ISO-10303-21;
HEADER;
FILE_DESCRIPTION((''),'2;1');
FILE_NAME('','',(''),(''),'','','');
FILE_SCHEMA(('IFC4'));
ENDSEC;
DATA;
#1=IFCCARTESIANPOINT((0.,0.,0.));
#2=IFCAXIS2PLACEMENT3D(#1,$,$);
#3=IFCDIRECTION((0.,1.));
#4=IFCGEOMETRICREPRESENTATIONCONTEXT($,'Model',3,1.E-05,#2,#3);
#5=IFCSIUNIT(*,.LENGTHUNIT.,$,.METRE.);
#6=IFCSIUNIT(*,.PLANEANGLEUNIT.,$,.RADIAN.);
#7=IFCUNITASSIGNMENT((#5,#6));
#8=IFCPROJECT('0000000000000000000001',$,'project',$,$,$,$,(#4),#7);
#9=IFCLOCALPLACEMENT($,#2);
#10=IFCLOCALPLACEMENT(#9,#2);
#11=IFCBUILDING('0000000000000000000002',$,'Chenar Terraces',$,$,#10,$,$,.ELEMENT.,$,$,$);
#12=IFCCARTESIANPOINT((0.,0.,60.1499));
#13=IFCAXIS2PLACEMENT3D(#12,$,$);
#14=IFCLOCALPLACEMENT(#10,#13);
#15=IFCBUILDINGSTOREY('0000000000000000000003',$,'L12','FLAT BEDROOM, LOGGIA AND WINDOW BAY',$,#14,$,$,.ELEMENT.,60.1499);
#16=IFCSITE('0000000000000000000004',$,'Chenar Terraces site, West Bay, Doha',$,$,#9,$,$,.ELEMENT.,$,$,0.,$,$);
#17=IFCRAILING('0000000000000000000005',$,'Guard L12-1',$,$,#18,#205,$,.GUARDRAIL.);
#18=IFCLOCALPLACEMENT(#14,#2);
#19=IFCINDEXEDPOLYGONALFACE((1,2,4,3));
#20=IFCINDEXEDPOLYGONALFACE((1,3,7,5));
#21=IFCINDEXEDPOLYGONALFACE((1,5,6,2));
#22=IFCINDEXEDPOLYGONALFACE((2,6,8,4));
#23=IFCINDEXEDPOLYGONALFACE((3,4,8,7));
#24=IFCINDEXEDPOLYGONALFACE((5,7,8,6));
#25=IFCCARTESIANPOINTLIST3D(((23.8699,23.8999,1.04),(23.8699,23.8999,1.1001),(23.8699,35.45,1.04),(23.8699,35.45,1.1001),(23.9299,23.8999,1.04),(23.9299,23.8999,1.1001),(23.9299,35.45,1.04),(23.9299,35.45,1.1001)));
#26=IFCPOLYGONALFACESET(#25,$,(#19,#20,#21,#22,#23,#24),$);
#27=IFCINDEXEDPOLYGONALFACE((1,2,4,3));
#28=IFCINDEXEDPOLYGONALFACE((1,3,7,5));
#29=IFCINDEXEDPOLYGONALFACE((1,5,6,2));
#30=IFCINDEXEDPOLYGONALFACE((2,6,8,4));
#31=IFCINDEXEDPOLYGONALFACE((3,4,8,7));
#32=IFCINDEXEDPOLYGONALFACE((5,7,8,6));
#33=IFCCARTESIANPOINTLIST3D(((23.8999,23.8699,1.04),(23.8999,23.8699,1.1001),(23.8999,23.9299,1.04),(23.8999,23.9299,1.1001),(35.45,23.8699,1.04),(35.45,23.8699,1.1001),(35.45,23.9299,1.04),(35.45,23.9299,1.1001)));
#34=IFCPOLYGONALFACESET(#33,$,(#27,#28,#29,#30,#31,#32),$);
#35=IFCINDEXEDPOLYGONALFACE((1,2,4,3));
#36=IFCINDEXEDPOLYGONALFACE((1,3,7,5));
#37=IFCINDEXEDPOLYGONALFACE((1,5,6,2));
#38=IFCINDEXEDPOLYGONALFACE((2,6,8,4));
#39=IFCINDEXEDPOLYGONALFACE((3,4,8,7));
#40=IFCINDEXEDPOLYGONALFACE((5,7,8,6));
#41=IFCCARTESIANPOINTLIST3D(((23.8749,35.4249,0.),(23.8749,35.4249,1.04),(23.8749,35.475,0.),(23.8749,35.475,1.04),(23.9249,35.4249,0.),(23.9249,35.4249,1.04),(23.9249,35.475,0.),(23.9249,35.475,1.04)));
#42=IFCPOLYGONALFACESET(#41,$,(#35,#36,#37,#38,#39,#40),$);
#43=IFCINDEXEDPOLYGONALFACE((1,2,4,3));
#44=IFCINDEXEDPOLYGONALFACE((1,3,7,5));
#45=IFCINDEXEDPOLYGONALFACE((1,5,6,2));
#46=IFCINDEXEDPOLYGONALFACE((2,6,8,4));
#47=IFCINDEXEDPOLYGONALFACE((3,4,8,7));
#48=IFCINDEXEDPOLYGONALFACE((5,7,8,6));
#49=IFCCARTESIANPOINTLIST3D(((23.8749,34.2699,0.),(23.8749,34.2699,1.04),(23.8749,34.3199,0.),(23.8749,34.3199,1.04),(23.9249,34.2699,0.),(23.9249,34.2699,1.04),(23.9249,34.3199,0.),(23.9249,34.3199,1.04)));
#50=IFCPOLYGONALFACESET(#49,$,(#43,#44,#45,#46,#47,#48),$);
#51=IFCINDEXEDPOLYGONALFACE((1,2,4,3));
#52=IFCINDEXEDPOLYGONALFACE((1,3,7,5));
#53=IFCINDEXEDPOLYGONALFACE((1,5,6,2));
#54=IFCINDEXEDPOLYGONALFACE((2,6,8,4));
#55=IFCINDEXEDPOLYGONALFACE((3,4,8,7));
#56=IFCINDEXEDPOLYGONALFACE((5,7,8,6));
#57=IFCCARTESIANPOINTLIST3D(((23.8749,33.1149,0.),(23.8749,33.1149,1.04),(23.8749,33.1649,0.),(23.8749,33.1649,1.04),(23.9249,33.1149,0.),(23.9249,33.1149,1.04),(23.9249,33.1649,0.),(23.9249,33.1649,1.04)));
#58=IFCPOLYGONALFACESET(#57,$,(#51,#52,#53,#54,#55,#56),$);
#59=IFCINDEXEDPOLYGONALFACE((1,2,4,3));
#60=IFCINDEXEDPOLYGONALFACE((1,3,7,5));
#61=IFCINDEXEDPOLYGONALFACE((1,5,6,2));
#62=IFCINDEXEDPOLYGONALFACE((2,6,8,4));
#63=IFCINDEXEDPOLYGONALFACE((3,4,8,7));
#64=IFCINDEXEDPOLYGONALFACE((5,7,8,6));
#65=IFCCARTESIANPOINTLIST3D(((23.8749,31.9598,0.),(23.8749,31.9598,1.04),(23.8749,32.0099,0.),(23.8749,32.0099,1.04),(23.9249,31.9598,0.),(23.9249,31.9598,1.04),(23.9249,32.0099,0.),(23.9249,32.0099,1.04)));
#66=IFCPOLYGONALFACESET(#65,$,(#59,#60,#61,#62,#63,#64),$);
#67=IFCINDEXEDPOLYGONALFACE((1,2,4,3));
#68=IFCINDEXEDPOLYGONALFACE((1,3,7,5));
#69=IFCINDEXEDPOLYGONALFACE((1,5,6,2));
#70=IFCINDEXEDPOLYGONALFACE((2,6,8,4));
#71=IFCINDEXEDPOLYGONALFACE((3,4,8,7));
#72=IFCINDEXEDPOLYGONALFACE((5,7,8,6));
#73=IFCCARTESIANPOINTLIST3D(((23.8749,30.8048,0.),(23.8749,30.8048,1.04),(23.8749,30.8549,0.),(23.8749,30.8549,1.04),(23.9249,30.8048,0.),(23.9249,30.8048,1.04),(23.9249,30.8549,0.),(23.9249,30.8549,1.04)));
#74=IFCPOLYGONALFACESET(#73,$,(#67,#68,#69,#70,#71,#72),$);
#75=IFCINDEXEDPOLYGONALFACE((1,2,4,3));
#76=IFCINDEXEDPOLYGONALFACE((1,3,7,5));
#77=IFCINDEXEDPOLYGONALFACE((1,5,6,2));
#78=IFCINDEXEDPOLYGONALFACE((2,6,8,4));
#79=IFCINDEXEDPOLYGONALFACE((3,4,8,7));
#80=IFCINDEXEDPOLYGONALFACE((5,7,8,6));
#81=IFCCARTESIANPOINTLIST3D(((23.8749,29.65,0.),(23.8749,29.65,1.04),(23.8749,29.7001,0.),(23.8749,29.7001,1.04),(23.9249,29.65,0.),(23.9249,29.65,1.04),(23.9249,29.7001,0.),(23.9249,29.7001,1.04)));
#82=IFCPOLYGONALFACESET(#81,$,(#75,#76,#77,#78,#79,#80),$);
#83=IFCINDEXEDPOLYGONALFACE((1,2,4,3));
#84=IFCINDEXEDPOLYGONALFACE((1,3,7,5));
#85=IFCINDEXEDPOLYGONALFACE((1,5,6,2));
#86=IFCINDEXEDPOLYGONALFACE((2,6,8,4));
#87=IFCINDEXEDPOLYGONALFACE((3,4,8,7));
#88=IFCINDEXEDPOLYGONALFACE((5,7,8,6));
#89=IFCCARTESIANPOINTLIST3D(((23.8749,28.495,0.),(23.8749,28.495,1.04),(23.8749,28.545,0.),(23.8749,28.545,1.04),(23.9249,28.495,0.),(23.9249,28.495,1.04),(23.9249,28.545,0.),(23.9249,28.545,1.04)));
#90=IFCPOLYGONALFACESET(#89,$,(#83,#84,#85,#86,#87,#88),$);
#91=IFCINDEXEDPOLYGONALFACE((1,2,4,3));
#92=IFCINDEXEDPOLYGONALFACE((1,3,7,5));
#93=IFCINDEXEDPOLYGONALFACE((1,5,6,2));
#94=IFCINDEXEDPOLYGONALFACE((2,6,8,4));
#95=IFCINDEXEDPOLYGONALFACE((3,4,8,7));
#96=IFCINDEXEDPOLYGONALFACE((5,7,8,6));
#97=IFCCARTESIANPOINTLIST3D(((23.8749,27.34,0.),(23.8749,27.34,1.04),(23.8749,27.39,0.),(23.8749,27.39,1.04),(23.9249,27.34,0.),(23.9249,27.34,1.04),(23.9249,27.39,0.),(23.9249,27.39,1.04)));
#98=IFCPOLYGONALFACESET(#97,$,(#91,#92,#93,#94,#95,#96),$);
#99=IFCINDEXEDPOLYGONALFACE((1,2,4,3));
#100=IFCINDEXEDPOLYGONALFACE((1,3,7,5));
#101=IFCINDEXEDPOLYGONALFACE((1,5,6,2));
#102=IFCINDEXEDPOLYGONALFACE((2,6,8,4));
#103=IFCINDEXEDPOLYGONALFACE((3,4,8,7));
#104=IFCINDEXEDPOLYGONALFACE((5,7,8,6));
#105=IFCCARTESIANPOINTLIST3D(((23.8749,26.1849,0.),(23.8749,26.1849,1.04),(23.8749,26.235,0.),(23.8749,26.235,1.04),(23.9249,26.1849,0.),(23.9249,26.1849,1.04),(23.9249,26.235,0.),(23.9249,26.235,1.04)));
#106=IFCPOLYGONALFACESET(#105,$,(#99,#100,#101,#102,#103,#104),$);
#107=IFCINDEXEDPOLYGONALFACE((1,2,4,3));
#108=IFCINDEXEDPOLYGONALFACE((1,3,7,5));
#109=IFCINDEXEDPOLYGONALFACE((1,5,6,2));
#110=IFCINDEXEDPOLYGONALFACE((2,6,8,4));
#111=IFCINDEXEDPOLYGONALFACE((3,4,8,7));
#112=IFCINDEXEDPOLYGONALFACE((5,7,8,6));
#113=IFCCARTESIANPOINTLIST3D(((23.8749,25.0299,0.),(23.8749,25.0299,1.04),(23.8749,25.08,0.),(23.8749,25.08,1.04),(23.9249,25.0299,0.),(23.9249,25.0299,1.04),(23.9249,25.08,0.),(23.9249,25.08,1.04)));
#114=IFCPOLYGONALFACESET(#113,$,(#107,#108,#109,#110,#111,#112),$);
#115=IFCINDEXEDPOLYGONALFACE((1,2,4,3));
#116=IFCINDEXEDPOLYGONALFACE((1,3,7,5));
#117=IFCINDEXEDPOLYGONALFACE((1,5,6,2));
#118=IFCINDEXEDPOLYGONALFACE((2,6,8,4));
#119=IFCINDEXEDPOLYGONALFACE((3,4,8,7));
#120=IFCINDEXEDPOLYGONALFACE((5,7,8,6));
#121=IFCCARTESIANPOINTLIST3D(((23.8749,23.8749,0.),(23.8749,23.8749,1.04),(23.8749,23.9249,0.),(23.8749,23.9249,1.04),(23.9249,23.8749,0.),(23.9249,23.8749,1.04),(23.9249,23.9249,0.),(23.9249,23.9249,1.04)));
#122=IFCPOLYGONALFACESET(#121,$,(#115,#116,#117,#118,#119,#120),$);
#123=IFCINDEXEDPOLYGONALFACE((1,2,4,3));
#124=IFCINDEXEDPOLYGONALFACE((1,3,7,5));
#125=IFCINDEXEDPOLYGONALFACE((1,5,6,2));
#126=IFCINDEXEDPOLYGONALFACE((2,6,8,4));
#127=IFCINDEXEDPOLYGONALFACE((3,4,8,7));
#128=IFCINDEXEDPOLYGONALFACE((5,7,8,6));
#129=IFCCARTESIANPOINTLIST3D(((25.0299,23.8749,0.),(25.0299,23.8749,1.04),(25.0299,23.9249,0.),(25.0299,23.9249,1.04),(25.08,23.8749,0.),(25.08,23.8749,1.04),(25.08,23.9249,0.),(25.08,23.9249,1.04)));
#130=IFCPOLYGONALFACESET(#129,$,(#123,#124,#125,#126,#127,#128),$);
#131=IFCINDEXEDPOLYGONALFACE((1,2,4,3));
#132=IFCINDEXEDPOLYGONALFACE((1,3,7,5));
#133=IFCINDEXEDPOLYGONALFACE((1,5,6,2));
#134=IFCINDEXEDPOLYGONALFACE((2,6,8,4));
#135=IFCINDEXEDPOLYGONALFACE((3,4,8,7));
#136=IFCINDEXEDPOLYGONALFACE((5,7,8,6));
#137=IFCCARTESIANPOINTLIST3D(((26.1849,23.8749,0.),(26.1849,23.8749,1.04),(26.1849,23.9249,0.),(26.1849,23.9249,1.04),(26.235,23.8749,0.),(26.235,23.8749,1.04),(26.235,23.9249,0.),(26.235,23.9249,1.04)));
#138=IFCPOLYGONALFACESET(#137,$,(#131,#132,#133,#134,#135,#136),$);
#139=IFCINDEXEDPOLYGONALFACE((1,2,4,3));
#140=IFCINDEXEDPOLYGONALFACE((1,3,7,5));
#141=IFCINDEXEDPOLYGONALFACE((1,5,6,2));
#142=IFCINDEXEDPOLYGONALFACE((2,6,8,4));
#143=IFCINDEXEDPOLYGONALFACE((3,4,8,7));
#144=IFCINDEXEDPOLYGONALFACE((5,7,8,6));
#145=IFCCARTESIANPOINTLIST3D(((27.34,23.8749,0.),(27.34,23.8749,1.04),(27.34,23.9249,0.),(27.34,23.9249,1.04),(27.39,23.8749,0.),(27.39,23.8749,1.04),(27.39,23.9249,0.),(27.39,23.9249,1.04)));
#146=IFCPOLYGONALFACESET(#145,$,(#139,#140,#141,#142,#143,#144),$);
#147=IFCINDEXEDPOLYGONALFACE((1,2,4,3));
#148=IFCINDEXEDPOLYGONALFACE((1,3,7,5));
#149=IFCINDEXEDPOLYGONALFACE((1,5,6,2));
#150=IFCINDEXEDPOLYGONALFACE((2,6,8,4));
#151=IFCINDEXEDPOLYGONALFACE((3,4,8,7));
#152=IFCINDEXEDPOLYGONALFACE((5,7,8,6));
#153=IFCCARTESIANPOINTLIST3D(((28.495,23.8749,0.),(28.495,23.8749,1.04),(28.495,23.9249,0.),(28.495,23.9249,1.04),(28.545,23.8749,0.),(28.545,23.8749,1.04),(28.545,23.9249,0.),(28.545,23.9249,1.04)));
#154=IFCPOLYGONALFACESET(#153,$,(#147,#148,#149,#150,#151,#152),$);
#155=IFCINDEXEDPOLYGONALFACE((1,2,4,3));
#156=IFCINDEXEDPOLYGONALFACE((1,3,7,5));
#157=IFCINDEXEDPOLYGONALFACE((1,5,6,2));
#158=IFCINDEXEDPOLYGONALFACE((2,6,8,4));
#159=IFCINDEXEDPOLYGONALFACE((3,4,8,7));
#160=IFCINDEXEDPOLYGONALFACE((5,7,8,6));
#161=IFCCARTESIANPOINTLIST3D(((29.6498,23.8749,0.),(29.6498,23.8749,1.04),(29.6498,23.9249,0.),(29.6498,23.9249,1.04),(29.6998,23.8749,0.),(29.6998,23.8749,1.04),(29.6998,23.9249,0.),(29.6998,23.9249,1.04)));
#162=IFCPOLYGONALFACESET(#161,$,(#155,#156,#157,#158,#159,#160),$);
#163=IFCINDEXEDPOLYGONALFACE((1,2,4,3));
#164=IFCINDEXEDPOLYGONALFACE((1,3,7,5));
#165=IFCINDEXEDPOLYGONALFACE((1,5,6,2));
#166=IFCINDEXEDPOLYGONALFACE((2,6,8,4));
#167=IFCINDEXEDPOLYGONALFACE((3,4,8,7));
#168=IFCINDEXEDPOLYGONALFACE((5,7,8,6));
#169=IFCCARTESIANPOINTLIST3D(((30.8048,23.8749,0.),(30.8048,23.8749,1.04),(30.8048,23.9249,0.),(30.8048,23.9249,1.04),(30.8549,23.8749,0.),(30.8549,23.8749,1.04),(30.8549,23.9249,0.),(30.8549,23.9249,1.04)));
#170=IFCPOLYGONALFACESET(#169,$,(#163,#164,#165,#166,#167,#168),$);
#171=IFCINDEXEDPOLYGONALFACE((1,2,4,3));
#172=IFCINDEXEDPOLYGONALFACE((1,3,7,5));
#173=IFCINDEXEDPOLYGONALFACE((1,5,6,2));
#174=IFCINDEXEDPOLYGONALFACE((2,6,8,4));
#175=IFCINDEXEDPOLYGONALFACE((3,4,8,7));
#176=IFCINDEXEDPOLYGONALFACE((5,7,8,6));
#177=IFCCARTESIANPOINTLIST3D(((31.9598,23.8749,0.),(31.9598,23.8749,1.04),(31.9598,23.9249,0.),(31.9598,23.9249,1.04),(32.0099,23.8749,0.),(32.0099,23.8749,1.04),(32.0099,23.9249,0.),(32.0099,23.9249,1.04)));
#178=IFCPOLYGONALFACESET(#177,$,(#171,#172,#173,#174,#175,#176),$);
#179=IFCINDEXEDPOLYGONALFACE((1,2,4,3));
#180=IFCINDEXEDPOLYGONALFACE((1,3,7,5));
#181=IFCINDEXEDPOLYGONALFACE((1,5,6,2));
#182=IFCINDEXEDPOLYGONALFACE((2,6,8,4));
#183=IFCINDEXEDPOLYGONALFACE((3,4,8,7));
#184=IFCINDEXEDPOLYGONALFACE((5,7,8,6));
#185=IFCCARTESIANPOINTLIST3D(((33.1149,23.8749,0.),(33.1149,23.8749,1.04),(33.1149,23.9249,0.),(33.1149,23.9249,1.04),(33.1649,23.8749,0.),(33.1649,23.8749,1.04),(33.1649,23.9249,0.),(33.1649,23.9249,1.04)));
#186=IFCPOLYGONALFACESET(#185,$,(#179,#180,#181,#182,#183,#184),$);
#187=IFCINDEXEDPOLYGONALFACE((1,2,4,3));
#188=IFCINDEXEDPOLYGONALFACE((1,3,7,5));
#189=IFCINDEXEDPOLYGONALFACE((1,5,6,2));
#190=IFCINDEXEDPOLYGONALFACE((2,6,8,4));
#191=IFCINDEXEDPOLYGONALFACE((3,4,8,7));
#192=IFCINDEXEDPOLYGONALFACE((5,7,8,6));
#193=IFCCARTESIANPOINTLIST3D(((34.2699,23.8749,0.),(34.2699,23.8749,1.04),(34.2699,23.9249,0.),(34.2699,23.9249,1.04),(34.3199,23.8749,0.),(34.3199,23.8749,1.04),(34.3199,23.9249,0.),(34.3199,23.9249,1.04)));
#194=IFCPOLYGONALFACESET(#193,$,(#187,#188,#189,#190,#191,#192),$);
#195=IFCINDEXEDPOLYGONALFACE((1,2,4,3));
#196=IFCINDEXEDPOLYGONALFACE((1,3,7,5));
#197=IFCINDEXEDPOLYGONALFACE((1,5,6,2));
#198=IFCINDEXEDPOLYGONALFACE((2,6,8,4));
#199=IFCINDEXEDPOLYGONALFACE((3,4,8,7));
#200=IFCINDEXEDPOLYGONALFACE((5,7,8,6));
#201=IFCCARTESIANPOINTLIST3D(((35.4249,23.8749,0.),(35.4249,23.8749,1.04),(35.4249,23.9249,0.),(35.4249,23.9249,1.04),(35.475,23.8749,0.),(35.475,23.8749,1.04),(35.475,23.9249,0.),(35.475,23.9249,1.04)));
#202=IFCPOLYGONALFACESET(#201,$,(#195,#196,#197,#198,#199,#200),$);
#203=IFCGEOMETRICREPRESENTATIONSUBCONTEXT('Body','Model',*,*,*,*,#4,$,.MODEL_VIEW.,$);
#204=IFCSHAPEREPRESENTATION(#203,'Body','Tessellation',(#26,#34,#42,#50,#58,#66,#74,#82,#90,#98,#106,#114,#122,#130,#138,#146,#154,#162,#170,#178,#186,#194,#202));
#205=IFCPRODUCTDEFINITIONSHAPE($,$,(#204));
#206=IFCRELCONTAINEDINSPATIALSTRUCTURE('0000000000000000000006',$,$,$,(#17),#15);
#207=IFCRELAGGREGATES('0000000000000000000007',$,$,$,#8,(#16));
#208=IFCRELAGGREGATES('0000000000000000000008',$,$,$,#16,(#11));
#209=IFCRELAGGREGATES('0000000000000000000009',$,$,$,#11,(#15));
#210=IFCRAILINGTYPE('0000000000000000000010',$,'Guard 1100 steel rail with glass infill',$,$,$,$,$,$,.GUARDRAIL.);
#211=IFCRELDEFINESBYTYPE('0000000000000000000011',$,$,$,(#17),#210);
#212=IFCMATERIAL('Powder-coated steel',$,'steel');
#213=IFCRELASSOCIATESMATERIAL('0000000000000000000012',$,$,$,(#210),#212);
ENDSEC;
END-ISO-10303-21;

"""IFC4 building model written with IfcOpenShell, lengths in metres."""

from ifc_helpers import new_model, si_unit, direction, frame, origin, origin_2d, place, context, subcontext, project, spatial, rectangle, extrude, material, type_object, element, save


model = new_model("IFC4")

# Units and contexts
model_context = context("Model", 3, precision=1e-05, world=origin(), true_north=direction((0.0, 1.0)))
body_context = subcontext(model_context, "Body", "Model", "MODEL_VIEW")
ifc_project = project(units=[si_unit("LENGTHUNIT", "METRE"), si_unit("PLANEANGLEUNIT", "RADIAN")], contexts=[model_context])

# Site, building, storey
site_placement = place(None, origin())
site = spatial("IfcSite", under=ifc_project, at=site_placement, Name="Chenar Terraces site, West Bay, Doha", CompositionType="ELEMENT", RefElevation=0.0)
building_placement = place(site_placement, origin())
building = spatial("IfcBuilding", under=site, at=building_placement, Name="Chenar Terraces", CompositionType="ELEMENT")
storey_placement = place(building_placement, frame((0.0, 0.0, 60.1499)))
storey = spatial("IfcBuildingStorey", under=building, at=storey_placement, Name="L12", Description="FLAT BEDROOM, LOGGIA AND WINDOW BAY", CompositionType="ELEMENT", Elevation=60.1499)

# Railing
ifc_material_1 = material(Name="Powder-coated steel", Category="steel")
railing_type = type_object("IfcRailingType", Name="Guard 1100 steel rail with glass infill", PredefinedType="GUARDRAIL", material=ifc_material_1)
railing_placement = place(storey_placement, frame((23.8999, 35.45, 0.0)))
element("IfcRailing", 1, at=railing_placement, inside=storey, type_object=railing_type, Name="Guard L12-1", PredefinedType="GUARDRAIL", context=body_context, shape_type="SweptSolid", body=[
    extrude(rectangle(XDim=0.0601, YDim=0.0601, at=origin_2d()), frame((0.0, 0.0, 1.0701), z_axis=(0.0, -1.0, 0.0), x_axis=(1.0, 0.0, 0.0)), (0.0, 0.0, 1.0), 11.55),
    extrude(rectangle(XDim=0.0601, YDim=0.0601, at=origin_2d()), frame((0.0, -11.55, 1.0701), z_axis=(1.0, 0.0, 0.0), x_axis=(0.0, 1.0, 0.0)), (0.0, 0.0, 1.0), 11.55),
    extrude(rectangle(XDim=0.05, YDim=0.05, at=origin_2d()), origin(), (0.0, 0.0, 1.0), 1.04),
    extrude(rectangle(XDim=0.05, YDim=0.05, at=origin_2d()), frame((0.0, -1.155, 0.0)), (0.0, 0.0, 1.0), 1.04),
    extrude(rectangle(XDim=0.05, YDim=0.05, at=origin_2d()), frame((0.0, -2.3101, 0.0)), (0.0, 0.0, 1.0), 1.04),
    extrude(rectangle(XDim=0.05, YDim=0.05, at=origin_2d()), frame((0.0, -3.4651, 0.0)), (0.0, 0.0, 1.0), 1.04),
    extrude(rectangle(XDim=0.05, YDim=0.05, at=origin_2d()), frame((0.0, -4.6201, 0.0)), (0.0, 0.0, 1.0), 1.04),
    extrude(rectangle(XDim=0.05, YDim=0.05, at=origin_2d()), frame((0.0, -5.7749, 0.0)), (0.0, 0.0, 1.0), 1.04),
    extrude(rectangle(XDim=0.05, YDim=0.05, at=origin_2d()), frame((0.0, -6.9299, 0.0)), (0.0, 0.0, 1.0), 1.04),
    extrude(rectangle(XDim=0.05, YDim=0.05, at=origin_2d()), frame((0.0, -8.085, 0.0)), (0.0, 0.0, 1.0), 1.04),
    extrude(rectangle(XDim=0.05, YDim=0.05, at=origin_2d()), frame((0.0, -9.24, 0.0)), (0.0, 0.0, 1.0), 1.04),
    extrude(rectangle(XDim=0.05, YDim=0.05, at=origin_2d()), frame((0.0, -10.395, 0.0)), (0.0, 0.0, 1.0), 1.04),
    extrude(rectangle(XDim=0.05, YDim=0.05, at=origin_2d()), frame((0.0, -11.55, 0.0)), (0.0, 0.0, 1.0), 1.04),
    extrude(rectangle(XDim=0.05, YDim=0.05, at=origin_2d()), frame((1.155, -11.55, 0.0)), (0.0, 0.0, 1.0), 1.04),
    extrude(rectangle(XDim=0.05, YDim=0.05, at=origin_2d()), frame((2.3101, -11.55, 0.0)), (0.0, 0.0, 1.0), 1.04),
    extrude(rectangle(XDim=0.05, YDim=0.05, at=origin_2d()), frame((3.4651, -11.55, 0.0)), (0.0, 0.0, 1.0), 1.04),
    extrude(rectangle(XDim=0.05, YDim=0.05, at=origin_2d()), frame((4.6201, -11.55, 0.0)), (0.0, 0.0, 1.0), 1.04),
    extrude(rectangle(XDim=0.05, YDim=0.05, at=origin_2d()), frame((5.7749, -11.55, 0.0)), (0.0, 0.0, 1.0), 1.04),
    extrude(rectangle(XDim=0.05, YDim=0.05, at=origin_2d()), frame((6.9299, -11.55, 0.0)), (0.0, 0.0, 1.0), 1.04),
    extrude(rectangle(XDim=0.05, YDim=0.05, at=origin_2d()), frame((8.085, -11.55, 0.0)), (0.0, 0.0, 1.0), 1.04),
    extrude(rectangle(XDim=0.05, YDim=0.05, at=origin_2d()), frame((9.24, -11.55, 0.0)), (0.0, 0.0, 1.0), 1.04),
    extrude(rectangle(XDim=0.05, YDim=0.05, at=origin_2d()), frame((10.395, -11.55, 0.0)), (0.0, 0.0, 1.0), 1.04),
    extrude(rectangle(XDim=0.05, YDim=0.05, at=origin_2d()), frame((11.55, -11.55, 0.0)), (0.0, 0.0, 1.0), 1.04),
])

save(model, "model.ifc")
